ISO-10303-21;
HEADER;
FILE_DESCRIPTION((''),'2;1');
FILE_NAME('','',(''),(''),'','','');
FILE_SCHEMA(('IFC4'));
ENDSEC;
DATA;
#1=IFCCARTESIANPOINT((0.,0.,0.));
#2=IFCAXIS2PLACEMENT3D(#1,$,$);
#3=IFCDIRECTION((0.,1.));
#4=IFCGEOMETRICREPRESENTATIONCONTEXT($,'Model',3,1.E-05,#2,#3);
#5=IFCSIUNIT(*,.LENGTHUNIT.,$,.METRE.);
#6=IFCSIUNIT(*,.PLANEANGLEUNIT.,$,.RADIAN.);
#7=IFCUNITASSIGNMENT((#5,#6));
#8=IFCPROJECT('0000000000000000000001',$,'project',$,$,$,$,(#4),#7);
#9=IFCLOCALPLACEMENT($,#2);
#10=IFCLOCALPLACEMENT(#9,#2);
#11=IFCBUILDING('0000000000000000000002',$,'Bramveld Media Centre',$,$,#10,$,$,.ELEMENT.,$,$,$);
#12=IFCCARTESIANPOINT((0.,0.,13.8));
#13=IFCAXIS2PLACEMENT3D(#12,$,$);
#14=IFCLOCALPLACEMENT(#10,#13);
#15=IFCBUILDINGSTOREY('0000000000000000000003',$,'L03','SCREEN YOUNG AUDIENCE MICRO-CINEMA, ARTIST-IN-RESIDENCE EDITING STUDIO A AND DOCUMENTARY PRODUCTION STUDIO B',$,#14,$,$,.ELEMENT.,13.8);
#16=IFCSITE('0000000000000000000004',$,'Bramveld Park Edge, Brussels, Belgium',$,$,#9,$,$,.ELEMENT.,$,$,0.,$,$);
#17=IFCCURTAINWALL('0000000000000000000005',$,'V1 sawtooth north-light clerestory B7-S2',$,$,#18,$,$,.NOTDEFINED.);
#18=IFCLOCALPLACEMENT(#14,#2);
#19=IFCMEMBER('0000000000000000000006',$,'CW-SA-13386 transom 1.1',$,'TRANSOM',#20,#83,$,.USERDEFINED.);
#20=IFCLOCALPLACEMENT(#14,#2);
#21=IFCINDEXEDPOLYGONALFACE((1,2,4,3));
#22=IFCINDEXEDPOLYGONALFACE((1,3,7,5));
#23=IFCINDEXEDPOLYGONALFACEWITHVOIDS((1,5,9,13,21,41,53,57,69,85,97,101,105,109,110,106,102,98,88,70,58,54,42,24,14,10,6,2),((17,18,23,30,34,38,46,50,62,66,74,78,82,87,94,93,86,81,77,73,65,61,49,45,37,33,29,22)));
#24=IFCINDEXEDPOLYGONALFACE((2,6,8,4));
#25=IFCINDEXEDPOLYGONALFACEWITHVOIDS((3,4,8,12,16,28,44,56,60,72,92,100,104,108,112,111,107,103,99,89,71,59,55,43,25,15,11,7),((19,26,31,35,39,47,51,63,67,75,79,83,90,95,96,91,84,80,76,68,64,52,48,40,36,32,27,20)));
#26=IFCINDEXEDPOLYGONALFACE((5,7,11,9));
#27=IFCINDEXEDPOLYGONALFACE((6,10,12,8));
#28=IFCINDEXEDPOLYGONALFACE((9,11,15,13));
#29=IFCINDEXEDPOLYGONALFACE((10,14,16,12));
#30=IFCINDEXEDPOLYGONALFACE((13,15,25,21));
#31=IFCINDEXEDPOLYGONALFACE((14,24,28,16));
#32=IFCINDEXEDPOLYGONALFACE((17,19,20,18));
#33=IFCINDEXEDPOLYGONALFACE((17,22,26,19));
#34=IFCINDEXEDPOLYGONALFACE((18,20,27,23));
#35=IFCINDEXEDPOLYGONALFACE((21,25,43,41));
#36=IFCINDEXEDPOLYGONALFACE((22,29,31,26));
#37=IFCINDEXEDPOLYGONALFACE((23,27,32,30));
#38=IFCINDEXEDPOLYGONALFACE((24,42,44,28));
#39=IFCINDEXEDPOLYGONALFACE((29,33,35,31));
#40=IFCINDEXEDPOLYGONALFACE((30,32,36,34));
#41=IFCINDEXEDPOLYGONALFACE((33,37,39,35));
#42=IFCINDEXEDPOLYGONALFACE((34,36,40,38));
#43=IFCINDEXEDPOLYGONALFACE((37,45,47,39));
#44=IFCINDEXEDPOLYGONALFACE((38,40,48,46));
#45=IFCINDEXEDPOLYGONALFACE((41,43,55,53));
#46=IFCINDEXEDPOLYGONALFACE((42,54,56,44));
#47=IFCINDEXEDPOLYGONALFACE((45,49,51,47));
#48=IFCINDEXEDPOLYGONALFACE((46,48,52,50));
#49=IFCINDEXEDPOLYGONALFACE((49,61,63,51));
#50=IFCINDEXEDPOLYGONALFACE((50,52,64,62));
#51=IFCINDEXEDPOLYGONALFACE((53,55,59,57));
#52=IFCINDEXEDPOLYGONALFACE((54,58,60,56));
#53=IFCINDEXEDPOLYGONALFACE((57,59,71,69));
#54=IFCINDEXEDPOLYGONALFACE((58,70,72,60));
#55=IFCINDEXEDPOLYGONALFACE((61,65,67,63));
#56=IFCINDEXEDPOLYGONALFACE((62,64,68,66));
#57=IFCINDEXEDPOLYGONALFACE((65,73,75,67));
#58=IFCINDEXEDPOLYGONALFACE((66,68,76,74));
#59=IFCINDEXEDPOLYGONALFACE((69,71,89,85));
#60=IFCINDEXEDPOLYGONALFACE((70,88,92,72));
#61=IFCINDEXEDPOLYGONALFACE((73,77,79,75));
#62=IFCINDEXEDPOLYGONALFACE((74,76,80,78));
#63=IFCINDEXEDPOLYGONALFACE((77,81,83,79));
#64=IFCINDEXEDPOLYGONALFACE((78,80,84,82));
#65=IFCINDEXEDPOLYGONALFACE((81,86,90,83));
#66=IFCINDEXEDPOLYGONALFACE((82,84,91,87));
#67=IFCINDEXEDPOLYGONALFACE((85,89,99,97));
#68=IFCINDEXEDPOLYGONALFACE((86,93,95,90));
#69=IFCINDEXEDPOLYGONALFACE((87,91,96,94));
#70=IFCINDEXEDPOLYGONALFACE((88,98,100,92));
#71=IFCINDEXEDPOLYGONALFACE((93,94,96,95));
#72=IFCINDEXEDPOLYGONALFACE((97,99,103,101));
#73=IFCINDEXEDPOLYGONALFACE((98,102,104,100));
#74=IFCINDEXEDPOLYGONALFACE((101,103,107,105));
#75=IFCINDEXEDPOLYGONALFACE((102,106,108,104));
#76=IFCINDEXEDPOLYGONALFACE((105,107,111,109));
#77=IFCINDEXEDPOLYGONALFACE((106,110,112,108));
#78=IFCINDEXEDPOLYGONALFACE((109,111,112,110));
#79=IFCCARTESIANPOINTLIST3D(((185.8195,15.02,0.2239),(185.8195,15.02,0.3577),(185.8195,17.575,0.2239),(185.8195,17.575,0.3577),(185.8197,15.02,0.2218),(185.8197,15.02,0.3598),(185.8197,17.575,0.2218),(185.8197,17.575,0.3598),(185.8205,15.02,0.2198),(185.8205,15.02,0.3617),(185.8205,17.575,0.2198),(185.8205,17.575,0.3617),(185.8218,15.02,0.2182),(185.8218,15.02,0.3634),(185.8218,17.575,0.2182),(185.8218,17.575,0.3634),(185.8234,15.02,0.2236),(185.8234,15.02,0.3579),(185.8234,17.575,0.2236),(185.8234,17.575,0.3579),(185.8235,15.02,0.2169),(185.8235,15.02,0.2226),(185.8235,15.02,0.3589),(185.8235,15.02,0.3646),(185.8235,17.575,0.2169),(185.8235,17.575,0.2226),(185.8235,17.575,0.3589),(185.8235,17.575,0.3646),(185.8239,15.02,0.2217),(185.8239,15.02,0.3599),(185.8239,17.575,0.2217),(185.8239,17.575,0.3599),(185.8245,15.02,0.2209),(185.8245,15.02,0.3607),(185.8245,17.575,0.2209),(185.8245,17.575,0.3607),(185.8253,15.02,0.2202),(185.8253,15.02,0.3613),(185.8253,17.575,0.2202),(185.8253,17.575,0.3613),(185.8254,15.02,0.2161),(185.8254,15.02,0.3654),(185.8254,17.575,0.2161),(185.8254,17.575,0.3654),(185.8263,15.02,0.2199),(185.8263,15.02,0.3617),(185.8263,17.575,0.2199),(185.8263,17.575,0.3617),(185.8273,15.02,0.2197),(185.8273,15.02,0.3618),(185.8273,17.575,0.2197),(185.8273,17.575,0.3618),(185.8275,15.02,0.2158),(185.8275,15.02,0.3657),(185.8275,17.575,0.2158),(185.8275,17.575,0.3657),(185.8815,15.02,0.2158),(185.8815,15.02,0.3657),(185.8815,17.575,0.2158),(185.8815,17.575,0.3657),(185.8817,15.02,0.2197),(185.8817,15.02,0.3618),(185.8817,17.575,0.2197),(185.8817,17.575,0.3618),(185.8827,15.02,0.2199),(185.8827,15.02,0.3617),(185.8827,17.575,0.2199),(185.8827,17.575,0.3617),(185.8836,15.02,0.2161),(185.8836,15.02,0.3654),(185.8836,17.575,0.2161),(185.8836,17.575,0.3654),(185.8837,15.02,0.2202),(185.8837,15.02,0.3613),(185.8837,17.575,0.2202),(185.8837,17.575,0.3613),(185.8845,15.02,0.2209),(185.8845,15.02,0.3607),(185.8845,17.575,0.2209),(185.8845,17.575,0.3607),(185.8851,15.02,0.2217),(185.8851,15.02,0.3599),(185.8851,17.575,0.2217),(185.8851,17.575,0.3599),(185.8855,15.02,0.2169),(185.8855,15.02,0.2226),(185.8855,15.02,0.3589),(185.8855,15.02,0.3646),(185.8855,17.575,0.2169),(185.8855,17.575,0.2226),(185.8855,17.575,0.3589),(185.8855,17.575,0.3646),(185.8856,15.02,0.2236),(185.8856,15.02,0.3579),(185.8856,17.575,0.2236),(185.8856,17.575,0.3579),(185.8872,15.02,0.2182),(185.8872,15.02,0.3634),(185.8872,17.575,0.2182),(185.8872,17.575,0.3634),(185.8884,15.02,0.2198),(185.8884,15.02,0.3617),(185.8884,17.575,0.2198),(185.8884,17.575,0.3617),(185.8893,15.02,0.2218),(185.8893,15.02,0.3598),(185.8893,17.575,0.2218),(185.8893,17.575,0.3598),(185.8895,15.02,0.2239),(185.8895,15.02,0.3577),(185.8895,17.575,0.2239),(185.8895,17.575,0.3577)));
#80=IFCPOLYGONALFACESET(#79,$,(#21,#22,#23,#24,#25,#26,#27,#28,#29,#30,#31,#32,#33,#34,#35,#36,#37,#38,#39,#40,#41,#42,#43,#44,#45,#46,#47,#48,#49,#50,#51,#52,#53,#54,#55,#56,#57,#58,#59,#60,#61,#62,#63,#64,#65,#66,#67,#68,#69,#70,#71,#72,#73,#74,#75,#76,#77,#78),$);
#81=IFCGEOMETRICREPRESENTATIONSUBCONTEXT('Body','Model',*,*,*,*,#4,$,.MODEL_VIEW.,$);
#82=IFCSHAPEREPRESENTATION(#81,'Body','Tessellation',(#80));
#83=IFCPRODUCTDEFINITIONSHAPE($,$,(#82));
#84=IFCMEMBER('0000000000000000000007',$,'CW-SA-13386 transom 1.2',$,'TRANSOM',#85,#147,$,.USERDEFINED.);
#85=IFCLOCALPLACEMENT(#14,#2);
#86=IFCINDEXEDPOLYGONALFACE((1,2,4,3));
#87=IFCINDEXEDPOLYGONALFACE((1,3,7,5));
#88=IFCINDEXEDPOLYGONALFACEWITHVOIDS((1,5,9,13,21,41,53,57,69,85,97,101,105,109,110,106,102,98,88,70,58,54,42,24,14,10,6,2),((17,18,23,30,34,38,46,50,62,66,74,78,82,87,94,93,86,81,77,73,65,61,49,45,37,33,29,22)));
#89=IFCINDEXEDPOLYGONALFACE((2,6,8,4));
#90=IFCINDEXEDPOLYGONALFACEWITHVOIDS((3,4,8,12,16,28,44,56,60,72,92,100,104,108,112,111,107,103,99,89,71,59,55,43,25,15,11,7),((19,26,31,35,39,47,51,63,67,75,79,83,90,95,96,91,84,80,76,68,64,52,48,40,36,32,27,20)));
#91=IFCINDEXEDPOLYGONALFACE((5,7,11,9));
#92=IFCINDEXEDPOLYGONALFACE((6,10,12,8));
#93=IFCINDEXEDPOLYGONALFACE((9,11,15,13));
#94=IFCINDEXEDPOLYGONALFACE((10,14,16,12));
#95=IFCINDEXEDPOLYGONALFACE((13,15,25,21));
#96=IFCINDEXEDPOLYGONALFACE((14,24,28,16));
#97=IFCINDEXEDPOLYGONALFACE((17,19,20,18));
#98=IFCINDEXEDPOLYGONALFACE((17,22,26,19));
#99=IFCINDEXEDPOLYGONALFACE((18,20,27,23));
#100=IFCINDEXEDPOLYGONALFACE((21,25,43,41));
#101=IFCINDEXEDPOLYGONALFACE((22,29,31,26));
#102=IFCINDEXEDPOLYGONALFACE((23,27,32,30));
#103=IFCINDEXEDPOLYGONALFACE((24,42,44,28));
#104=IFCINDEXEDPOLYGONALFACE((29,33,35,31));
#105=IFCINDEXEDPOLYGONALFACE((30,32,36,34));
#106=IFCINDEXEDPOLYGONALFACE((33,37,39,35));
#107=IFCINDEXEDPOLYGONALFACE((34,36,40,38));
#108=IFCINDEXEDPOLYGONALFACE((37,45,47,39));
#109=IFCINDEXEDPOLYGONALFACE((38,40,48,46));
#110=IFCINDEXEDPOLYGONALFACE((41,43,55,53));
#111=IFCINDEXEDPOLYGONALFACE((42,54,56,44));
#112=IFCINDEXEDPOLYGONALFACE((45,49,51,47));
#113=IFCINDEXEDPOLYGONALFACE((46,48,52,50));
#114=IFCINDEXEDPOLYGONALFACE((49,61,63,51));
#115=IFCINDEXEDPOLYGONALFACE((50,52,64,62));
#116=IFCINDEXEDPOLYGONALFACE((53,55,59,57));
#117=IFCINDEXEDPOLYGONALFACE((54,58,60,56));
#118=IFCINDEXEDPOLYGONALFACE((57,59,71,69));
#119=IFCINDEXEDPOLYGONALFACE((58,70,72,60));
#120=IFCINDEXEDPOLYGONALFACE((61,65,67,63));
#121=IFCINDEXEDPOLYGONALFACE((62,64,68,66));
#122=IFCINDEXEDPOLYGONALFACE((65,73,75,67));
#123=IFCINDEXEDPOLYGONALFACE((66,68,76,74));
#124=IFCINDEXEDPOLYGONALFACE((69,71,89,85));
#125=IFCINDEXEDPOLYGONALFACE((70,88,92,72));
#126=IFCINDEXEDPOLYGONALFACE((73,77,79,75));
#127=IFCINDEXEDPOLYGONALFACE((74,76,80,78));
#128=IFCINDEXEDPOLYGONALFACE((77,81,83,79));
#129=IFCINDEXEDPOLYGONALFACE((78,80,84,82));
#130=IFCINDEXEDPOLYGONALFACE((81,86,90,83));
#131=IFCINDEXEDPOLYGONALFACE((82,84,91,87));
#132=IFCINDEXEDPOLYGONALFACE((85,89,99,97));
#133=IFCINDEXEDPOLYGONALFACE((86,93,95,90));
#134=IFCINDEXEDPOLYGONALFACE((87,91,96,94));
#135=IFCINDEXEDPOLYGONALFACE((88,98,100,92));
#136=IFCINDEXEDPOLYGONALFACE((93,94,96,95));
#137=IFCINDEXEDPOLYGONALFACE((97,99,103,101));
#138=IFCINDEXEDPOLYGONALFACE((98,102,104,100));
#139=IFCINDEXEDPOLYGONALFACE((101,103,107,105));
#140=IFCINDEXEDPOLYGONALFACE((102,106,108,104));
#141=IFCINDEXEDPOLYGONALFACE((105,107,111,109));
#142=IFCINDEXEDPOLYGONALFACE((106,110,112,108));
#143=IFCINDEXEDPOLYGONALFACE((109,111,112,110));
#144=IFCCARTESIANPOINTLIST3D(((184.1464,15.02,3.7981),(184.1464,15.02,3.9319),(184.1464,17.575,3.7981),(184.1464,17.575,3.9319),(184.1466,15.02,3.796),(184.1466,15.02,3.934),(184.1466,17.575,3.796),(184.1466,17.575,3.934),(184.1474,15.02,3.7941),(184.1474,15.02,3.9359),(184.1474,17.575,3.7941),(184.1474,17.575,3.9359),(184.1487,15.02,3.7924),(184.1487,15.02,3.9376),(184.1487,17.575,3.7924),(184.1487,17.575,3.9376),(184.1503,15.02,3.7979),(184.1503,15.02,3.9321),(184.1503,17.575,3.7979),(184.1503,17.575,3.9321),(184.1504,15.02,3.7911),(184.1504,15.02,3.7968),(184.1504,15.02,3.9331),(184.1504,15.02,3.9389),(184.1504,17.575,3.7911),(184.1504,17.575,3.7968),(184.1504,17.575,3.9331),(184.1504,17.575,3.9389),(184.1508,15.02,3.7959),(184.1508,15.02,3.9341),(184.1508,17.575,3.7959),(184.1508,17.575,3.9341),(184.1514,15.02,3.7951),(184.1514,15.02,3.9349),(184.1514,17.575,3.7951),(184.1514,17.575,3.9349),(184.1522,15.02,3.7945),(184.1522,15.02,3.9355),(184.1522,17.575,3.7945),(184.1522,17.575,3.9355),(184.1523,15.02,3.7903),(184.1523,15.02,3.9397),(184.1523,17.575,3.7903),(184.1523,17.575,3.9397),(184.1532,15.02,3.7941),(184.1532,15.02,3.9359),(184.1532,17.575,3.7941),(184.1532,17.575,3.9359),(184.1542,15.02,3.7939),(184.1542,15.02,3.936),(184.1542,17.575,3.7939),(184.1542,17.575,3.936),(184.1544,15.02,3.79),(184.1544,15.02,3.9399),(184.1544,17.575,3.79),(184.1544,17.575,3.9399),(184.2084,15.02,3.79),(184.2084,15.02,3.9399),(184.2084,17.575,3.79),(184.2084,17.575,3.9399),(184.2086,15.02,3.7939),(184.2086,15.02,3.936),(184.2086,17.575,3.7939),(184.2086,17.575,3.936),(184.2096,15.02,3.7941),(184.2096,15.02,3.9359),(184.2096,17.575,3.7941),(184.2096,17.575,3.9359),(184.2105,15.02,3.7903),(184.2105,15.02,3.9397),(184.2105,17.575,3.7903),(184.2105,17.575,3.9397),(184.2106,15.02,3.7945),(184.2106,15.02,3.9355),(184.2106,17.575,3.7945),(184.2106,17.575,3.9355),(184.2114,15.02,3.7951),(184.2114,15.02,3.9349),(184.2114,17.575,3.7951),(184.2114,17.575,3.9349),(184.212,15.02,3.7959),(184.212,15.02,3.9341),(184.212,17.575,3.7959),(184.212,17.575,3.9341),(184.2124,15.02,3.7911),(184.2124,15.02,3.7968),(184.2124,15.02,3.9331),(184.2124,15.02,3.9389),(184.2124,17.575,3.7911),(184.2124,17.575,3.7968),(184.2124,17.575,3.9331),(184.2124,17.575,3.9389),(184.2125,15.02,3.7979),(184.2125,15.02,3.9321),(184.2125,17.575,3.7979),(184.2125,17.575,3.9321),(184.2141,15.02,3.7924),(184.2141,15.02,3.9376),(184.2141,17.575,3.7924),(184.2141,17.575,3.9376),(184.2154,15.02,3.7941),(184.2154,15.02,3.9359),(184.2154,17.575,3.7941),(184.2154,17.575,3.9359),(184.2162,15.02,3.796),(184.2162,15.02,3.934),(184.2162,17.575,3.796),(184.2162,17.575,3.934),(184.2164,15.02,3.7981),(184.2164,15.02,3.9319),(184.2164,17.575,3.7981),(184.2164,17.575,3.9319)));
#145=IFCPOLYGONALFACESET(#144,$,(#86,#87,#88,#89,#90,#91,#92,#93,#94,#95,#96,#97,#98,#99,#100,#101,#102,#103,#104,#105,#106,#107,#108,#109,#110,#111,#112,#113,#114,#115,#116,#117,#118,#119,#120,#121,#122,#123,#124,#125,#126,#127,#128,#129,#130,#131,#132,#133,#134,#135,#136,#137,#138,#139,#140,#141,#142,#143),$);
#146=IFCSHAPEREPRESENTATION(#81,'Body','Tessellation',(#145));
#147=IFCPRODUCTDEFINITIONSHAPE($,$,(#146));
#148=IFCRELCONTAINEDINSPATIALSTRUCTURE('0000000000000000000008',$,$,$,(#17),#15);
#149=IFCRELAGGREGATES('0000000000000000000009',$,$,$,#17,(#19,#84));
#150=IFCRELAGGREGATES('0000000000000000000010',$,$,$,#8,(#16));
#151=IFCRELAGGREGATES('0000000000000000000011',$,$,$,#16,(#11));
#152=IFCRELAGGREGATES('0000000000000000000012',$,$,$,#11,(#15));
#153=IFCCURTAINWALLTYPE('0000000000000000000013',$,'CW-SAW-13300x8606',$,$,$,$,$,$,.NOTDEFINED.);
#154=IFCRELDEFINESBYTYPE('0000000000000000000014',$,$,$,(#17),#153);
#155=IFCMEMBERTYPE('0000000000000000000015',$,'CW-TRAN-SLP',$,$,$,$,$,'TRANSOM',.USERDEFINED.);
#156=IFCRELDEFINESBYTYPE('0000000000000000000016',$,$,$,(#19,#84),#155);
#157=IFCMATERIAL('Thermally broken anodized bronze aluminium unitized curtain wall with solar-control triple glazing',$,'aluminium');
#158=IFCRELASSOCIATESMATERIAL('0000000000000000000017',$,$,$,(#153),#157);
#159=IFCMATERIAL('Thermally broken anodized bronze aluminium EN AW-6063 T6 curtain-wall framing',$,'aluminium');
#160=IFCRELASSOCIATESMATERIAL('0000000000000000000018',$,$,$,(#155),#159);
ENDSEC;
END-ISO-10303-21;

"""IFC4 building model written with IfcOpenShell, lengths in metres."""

from ifc_helpers import new_model, si_unit, direction, frame, origin, origin_2d, place, context, subcontext, project, spatial, hollow_rectangle, extrude, material, material_profile, profile_set, type_object, element, aggregate, save


model = new_model("IFC4")

# Units and contexts
model_context = context("Model", 3, precision=1e-05, world=origin(), true_north=direction((0.0, 1.0)))
body_context = subcontext(model_context, "Body", "Model", "MODEL_VIEW")
ifc_project = project(units=[si_unit("LENGTHUNIT", "METRE"), si_unit("PLANEANGLEUNIT", "RADIAN")], contexts=[model_context])

# Site, building, storey
site_placement = place(None, origin())
site = spatial("IfcSite", under=ifc_project, at=site_placement, Name="Bramveld Park Edge, Brussels, Belgium", CompositionType="ELEMENT", RefElevation=0.0)
building_placement = place(site_placement, origin())
building = spatial("IfcBuilding", under=site, at=building_placement, Name="Bramveld Media Centre", CompositionType="ELEMENT")
storey_placement = place(building_placement, frame((0.0, 0.0, 13.8)))
storey = spatial("IfcBuildingStorey", under=building, at=storey_placement, Name="L03", Description="SCREEN YOUNG AUDIENCE MICRO-CINEMA, ARTIST-IN-RESIDENCE EDITING STUDIO A AND DOCUMENTARY PRODUCTION STUDIO B", CompositionType="ELEMENT", Elevation=13.8)

# Curtain wall
ifc_material_1 = material(Name="Thermally broken anodized bronze aluminium unitized curtain wall with solar-control triple glazing", Category="aluminium")
curtain_wall_type = type_object("IfcCurtainWallType", Name="CW-SAW-13300x8606", PredefinedType="NOTDEFINED", material=ifc_material_1)
curtain_wall_1_placement = place(storey_placement, origin())
curtain_wall_1 = element("IfcCurtainWall", 1, at=curtain_wall_1_placement, inside=storey, type_object=curtain_wall_type, Name="V1 sawtooth north-light clerestory B7-S2", PredefinedType="NOTDEFINED")

# Members
ifc_material_2 = material(Name="Thermally broken anodized bronze aluminium EN AW-6063 T6 curtain-wall framing", Category="aluminium")
ifc_material_profile_1 = material_profile(ifc_material_2, hollow_rectangle(XDim=0.0701, YDim=0.1499, WallThickness=0.0039, InnerFilletRadius=0.0039, OuterFilletRadius=0.0081, at=origin_2d()), Name="AL-TRAN 70x150")
ifc_profile_set_1 = profile_set([ifc_material_profile_1], Name="Thermally broken anodized bronze aluminium EN AW-6063 T6 curtain-wall framing")
member_type_1 = type_object("IfcMemberType", Name="CW-TRAN-SLP", ElementType="TRANSOM", PredefinedType="USERDEFINED", material=ifc_profile_set_1)
member_1_placement = place(storey_placement, frame((185.8545, 15.02, 0.2908), z_axis=(0.0, 1.0, 0.0), x_axis=(-1.0, 0.0, 0.0)))
member_1 = element("IfcMember", 2, at=member_1_placement, type_object=member_type_1, Name="CW-SA-13386 transom 1.1", ObjectType="TRANSOM", PredefinedType="USERDEFINED", context=body_context, shape_type="SweptSolid", body=[
    extrude(hollow_rectangle(XDim=0.0701, YDim=0.1499, WallThickness=0.0039, InnerFilletRadius=0.0039, OuterFilletRadius=0.0081, at=origin_2d()), origin(), (0.0, 0.0, 1.0), 2.5549),
])
member_2_placement = place(storey_placement, frame((184.1814, 15.02, 3.865), z_axis=(0.0, 1.0, 0.0), x_axis=(-1.0, 0.0, 0.0)))
member_2 = element("IfcMember", 3, at=member_2_placement, type_object=member_type_1, Name="CW-SA-13386 transom 1.2", ObjectType="TRANSOM", PredefinedType="USERDEFINED", context=body_context, shape_type="SweptSolid", body=[
    extrude(hollow_rectangle(XDim=0.0701, YDim=0.1499, WallThickness=0.0039, InnerFilletRadius=0.0039, OuterFilletRadius=0.0081, at=origin_2d()), origin(), (0.0, 0.0, 1.0), 2.5549),
])

aggregate(curtain_wall_1, [member_1, member_2])

save(model, "model.ifc")
